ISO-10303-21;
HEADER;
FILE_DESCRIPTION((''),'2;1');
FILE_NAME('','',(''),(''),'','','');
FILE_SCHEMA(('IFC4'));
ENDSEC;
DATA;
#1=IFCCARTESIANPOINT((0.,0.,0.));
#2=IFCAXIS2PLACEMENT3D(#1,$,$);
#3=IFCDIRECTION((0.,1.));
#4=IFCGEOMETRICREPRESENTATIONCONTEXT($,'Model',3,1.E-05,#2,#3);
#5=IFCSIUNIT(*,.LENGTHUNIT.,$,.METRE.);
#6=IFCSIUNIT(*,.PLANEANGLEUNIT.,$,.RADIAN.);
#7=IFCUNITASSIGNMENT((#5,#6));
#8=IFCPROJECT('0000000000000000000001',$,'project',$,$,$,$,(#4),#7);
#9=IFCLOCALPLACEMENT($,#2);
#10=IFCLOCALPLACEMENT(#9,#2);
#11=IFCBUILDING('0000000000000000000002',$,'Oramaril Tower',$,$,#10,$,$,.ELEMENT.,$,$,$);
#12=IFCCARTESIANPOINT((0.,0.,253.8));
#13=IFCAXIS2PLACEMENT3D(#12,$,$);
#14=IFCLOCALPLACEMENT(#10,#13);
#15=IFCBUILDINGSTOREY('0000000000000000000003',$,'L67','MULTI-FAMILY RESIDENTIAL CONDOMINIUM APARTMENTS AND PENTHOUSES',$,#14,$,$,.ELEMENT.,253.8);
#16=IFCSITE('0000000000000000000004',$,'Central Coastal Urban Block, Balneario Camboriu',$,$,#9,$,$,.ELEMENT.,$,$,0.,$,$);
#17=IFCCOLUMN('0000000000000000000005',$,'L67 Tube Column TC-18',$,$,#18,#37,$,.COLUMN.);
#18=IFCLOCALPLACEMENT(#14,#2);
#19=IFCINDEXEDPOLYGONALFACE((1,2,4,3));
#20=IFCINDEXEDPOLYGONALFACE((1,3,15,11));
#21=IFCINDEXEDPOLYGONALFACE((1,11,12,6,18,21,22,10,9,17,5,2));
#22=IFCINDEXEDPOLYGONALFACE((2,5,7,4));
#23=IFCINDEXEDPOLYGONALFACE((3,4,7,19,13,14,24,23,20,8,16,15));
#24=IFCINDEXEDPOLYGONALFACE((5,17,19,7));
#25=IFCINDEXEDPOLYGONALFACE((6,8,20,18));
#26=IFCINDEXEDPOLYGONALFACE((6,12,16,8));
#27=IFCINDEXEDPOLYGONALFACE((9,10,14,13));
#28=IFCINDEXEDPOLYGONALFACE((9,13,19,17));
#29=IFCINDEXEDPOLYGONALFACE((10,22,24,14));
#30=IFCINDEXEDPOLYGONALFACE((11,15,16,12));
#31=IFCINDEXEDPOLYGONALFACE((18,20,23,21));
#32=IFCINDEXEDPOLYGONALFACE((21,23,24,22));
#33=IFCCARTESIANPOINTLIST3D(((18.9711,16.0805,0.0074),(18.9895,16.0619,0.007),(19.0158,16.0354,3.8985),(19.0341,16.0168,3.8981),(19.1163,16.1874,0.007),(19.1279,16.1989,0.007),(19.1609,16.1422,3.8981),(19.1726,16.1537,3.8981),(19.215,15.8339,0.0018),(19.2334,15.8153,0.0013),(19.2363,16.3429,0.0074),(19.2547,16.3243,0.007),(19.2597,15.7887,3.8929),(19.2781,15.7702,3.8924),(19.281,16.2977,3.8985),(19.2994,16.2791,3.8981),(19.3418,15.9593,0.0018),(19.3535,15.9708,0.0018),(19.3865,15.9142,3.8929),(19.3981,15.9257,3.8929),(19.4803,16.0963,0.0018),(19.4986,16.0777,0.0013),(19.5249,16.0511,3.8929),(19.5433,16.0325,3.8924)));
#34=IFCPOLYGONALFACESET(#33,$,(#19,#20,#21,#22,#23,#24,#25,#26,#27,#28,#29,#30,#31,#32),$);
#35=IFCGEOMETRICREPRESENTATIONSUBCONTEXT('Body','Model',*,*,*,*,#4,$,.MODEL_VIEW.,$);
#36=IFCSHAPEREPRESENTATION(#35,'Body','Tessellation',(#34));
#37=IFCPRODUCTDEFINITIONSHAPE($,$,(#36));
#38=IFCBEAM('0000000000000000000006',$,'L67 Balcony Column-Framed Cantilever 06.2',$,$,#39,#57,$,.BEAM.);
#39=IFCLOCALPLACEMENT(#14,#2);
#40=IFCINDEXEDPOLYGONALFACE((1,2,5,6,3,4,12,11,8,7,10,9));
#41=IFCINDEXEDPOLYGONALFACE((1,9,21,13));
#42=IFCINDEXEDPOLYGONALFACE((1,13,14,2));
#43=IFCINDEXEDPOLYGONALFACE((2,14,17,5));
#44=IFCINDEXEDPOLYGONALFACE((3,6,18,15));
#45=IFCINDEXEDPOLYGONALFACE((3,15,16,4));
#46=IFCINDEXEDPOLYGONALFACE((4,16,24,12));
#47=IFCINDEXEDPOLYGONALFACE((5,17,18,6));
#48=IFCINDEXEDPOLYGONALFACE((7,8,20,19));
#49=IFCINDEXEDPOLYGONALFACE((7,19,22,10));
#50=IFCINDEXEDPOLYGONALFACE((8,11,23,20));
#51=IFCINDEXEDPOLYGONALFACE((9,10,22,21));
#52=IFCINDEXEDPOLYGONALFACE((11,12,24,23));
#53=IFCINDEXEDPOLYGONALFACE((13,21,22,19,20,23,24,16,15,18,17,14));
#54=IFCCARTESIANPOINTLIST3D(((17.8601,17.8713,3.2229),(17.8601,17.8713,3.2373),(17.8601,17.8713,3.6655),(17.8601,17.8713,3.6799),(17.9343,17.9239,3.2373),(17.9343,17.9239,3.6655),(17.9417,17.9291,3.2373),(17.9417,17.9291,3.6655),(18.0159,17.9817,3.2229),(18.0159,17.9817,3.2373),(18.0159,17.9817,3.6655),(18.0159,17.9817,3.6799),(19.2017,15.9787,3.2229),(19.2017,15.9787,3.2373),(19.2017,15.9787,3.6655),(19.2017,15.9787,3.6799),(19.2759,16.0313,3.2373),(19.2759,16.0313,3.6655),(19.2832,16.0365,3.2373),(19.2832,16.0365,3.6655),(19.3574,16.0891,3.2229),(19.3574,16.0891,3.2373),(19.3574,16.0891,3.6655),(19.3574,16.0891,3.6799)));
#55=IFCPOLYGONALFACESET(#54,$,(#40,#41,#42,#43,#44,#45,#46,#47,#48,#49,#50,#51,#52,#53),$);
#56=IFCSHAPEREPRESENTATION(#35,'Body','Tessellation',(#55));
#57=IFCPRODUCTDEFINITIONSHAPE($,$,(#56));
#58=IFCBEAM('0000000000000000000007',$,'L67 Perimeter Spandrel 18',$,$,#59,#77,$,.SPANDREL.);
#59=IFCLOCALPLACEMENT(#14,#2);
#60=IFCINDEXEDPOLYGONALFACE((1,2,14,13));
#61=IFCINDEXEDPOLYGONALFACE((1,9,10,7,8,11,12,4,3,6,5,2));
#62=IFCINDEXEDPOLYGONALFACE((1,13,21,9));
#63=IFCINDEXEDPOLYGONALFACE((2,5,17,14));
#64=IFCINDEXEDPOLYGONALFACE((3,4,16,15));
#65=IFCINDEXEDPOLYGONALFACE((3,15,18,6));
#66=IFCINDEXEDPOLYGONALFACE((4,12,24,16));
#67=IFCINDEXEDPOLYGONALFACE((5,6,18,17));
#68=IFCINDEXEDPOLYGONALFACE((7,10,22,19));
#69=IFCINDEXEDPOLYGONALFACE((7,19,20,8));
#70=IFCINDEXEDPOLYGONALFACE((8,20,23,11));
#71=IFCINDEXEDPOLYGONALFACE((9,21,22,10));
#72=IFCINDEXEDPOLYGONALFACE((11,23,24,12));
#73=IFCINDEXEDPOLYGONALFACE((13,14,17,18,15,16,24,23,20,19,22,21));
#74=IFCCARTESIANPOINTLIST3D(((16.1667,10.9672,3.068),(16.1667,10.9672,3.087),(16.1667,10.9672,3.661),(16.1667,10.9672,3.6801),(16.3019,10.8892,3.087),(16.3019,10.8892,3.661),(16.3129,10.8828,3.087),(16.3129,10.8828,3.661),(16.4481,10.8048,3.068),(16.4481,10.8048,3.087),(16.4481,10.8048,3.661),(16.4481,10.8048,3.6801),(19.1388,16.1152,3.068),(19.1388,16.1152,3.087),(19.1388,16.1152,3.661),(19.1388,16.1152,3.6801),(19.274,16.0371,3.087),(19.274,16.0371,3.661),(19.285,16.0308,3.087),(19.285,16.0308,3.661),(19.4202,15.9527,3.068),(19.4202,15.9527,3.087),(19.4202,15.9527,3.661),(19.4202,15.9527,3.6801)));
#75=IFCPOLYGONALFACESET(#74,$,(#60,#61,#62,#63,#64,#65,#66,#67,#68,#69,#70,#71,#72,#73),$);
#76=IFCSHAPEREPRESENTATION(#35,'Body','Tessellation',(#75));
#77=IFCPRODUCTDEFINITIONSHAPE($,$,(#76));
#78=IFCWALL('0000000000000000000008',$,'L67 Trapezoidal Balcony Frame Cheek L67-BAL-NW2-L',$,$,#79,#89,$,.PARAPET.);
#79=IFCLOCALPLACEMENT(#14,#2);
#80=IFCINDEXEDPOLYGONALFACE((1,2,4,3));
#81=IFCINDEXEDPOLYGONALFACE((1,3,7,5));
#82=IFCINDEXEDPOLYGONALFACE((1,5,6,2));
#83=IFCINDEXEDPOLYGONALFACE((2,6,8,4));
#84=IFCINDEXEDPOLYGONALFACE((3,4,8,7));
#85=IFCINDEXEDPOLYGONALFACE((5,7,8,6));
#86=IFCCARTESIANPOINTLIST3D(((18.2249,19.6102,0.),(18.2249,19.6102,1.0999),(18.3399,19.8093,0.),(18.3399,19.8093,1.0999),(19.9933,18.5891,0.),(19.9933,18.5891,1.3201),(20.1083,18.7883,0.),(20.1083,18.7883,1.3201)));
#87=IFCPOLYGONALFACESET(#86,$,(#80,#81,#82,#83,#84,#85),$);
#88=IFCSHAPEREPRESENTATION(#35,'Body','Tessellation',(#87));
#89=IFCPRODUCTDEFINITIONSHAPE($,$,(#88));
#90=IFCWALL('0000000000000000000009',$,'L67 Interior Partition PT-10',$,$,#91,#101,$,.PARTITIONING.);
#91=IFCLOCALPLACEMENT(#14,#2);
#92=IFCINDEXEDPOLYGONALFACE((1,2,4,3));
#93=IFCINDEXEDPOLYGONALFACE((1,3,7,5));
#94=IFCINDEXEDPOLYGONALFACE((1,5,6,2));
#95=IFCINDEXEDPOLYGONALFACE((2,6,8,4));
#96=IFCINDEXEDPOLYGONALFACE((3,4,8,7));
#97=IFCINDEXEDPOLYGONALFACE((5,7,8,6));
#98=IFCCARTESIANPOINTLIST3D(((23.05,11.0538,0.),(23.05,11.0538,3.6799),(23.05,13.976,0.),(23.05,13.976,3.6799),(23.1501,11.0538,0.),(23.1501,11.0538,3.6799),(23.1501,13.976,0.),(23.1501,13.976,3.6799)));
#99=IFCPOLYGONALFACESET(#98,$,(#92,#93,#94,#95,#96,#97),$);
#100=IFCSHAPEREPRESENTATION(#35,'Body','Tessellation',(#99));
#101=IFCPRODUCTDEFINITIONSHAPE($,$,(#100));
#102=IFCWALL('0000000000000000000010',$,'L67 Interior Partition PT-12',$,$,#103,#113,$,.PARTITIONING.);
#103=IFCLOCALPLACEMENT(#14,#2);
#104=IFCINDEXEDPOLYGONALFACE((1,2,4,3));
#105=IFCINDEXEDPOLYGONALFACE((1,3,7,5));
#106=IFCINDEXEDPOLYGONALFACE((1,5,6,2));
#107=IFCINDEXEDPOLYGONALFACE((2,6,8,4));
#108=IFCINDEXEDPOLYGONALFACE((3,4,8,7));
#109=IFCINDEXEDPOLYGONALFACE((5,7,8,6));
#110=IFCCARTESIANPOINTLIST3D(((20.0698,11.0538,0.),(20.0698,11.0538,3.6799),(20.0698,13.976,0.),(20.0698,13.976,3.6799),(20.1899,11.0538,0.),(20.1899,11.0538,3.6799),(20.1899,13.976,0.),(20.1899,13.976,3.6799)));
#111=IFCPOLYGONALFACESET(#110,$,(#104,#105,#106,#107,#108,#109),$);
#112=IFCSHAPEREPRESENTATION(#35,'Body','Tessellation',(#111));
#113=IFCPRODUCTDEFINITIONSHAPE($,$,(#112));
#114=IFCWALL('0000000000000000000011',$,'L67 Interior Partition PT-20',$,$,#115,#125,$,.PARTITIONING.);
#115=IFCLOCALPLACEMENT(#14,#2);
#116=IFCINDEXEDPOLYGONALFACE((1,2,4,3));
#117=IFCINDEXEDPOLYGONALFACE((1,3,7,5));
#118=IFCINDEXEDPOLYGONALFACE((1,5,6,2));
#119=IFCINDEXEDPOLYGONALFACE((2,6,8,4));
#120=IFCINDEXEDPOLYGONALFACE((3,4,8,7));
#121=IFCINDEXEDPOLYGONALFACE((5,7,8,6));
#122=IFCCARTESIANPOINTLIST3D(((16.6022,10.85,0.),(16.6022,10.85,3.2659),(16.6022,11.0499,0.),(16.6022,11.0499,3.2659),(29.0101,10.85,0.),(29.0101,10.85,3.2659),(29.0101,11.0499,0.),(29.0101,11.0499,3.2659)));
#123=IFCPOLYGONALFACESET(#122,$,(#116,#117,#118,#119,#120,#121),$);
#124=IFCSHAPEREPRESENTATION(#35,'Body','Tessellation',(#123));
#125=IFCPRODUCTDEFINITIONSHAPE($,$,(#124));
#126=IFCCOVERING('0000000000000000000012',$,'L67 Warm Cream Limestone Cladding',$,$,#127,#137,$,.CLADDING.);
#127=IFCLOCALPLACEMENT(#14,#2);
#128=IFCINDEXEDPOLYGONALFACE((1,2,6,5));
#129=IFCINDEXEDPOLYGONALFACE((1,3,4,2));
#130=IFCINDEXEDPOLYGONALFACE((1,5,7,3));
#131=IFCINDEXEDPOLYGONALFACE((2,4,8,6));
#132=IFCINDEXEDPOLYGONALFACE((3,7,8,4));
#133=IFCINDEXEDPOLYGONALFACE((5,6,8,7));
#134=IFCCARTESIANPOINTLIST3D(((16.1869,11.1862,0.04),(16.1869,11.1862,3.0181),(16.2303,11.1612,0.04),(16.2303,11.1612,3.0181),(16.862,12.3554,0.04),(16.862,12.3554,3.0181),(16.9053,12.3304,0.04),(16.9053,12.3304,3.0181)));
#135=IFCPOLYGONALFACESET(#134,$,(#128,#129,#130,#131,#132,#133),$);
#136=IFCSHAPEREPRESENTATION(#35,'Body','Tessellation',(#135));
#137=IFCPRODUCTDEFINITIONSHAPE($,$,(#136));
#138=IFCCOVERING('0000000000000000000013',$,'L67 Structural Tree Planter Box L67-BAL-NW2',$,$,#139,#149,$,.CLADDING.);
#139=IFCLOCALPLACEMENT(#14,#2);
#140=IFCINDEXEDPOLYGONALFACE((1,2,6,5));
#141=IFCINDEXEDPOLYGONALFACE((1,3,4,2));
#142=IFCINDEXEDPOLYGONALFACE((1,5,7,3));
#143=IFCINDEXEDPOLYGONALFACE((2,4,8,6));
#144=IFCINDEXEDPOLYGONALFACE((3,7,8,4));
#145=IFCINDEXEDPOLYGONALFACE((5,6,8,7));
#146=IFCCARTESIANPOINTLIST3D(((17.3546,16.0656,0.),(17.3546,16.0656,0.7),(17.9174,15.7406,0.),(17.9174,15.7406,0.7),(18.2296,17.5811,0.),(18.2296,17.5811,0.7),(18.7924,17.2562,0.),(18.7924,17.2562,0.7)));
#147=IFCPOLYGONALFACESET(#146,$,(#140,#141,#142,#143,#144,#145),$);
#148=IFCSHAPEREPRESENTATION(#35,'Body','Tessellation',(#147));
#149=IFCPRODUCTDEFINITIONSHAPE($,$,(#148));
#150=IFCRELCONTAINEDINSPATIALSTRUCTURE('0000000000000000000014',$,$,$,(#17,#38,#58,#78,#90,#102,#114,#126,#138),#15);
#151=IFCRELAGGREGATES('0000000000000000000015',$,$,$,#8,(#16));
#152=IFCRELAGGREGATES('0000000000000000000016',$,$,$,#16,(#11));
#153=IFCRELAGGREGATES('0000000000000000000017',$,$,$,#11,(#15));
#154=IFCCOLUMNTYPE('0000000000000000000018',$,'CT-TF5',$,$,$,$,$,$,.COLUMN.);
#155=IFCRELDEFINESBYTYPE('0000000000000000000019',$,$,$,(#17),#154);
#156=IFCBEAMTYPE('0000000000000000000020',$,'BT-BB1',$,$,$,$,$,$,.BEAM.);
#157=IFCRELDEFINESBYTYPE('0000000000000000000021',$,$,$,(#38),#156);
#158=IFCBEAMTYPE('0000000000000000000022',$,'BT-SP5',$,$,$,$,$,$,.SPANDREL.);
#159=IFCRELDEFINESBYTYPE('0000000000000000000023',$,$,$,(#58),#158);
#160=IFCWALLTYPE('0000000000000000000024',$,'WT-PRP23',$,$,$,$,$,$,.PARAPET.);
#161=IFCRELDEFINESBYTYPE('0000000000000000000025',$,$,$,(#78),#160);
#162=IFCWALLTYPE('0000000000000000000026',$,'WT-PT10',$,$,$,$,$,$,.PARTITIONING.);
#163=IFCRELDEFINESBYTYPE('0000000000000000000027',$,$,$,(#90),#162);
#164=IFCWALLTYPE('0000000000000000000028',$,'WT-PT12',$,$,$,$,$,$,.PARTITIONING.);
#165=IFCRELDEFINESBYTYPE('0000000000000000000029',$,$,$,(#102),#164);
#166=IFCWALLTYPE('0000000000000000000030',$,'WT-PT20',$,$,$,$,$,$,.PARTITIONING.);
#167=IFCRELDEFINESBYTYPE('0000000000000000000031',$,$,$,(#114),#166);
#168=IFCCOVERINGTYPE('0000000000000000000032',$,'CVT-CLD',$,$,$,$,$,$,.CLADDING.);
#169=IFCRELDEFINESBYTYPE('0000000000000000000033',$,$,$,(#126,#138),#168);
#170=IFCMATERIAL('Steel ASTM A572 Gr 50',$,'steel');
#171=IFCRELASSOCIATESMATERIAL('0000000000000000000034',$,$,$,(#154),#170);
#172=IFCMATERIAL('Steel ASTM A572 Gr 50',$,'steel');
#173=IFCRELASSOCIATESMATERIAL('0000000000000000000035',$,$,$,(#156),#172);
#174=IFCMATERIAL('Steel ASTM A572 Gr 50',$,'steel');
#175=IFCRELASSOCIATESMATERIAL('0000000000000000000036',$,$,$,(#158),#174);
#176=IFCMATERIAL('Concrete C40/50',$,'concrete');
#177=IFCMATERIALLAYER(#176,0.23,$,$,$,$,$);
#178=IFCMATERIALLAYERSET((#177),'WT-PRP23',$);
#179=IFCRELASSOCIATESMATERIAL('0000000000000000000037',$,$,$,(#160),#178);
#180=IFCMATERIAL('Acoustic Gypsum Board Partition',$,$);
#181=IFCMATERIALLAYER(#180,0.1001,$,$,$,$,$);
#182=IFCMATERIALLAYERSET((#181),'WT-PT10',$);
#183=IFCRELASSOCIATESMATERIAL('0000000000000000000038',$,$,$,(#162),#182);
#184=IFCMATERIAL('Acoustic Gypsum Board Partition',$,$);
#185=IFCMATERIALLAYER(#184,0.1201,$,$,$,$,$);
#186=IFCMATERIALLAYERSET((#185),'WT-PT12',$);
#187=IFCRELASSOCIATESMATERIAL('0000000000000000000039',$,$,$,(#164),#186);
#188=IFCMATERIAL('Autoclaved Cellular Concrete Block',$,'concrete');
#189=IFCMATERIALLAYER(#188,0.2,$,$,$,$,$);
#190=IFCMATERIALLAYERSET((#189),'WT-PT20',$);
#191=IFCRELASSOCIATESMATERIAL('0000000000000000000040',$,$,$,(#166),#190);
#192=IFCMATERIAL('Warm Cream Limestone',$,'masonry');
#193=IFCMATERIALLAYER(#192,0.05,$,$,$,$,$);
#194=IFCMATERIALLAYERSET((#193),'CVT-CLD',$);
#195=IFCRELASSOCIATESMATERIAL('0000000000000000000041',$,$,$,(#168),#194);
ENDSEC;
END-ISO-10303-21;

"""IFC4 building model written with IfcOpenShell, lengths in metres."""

from ifc_helpers import new_model, si_unit, direction, frame, frame_2d, origin, origin_2d, place, context, subcontext, project, spatial, polyline, rectangle, i_section, outline, extrude, material, layer, layer_set, material_profile, profile_set, type_object, element, save


model = new_model("IFC4")

# Units and contexts
model_context = context("Model", 3, precision=1e-05, world=origin(), true_north=direction((0.0, 1.0)))
body_context = subcontext(model_context, "Body", "Model", "MODEL_VIEW")
ifc_project = project(units=[si_unit("LENGTHUNIT", "METRE"), si_unit("PLANEANGLEUNIT", "RADIAN")], contexts=[model_context])

# Site, building, storey
site_placement = place(None, origin())
site = spatial("IfcSite", under=ifc_project, at=site_placement, Name="Central Coastal Urban Block, Balneario Camboriu", CompositionType="ELEMENT", RefElevation=0.0)
building_placement = place(site_placement, origin())
building = spatial("IfcBuilding", under=site, at=building_placement, Name="Oramaril Tower", CompositionType="ELEMENT")
storey_placement = place(building_placement, frame((0.0, 0.0, 253.8)))
storey = spatial("IfcBuildingStorey", under=building, at=storey_placement, Name="L67", Description="MULTI-FAMILY RESIDENTIAL CONDOMINIUM APARTMENTS AND PENTHOUSES", CompositionType="ELEMENT", Elevation=253.8)

# Column
ifc_material_1 = material(Name="Steel ASTM A572 Gr 50", Category="steel")
ifc_material_profile_1 = material_profile(ifc_material_1, i_section(OverallWidth=0.373, OverallDepth=0.373, WebThickness=0.0164, FlangeThickness=0.0261, at=origin_2d()), Name="W14X132")
ifc_profile_set_1 = profile_set([ifc_material_profile_1], Name="Steel ASTM A572 Gr 50")
column_type = type_object("IfcColumnType", Name="CT-TF5", PredefinedType="COLUMN", material=ifc_profile_set_1)
column_placement = place(storey_placement, frame((19.2349, 16.0791, 0.0044), z_axis=(0.01148, -0.011606, 0.999867), x_axis=(0.710939, 0.703253, 0.0)))
element("IfcColumn", 1, at=column_placement, inside=storey, type_object=column_type, Name="L67 Tube Column TC-18", PredefinedType="COLUMN", context=body_context, shape_type="SweptSolid", body=[
    extrude(i_section(OverallWidth=0.373, OverallDepth=0.373, WebThickness=0.0164, FlangeThickness=0.0261, at=origin_2d()), origin(), (0.0, 0.0, 1.0), 3.8916),
])

# Beams
ifc_material_2 = material(Name="Steel ASTM A572 Gr 50", Category="steel")
ifc_material_profile_2 = material_profile(ifc_material_2, i_section(OverallWidth=0.1909, OverallDepth=0.457, WebThickness=0.009, FlangeThickness=0.0144, at=origin_2d()), Name="W18X50")
ifc_profile_set_2 = profile_set([ifc_material_profile_2], Name="Steel ASTM A572 Gr 50")
beam_type_1 = type_object("IfcBeamType", Name="BT-BB1", PredefinedType="BEAM", material=ifc_profile_set_2)
beam_1_placement = place(storey_placement, frame((19.2795, 16.0339, 3.4514), z_axis=(-0.578298, 0.815826, 0.0), x_axis=(-0.815826, -0.578298, 0.0)))
element("IfcBeam", 2, at=beam_1_placement, inside=storey, type_object=beam_type_1, Name="L67 Balcony Column-Framed Cantilever 06.2", PredefinedType="BEAM", context=body_context, shape_type="SweptSolid", body=[
    extrude(i_section(OverallWidth=0.1909, OverallDepth=0.457, WebThickness=0.009, FlangeThickness=0.0144, at=origin_2d()), origin(), (0.0, 0.0, 1.0), 2.3198),
])
ifc_material_3 = material(Name="Steel ASTM A572 Gr 50", Category="steel")
ifc_material_profile_3 = material_profile(ifc_material_3, i_section(OverallWidth=0.325, OverallDepth=0.6121, WebThickness=0.0127, FlangeThickness=0.019, at=origin_2d()), Name="W24X104")
ifc_profile_set_3 = profile_set([ifc_material_profile_3], Name="Steel ASTM A572 Gr 50")
beam_type_2 = type_object("IfcBeamType", Name="BT-SP5", PredefinedType="SPANDREL", material=ifc_profile_set_3)
beam_2_placement = place(storey_placement, frame((19.2795, 16.0339, 3.374), z_axis=(-0.5, -0.866026, 0.0), x_axis=(0.866026, -0.5, 0.0)))
element("IfcBeam", 3, at=beam_2_placement, inside=storey, type_object=beam_type_2, Name="L67 Perimeter Spandrel 18", PredefinedType="SPANDREL", context=body_context, shape_type="SweptSolid", body=[
    extrude(i_section(OverallWidth=0.325, OverallDepth=0.6121, WebThickness=0.0127, FlangeThickness=0.019, at=origin_2d()), origin(), (0.0, 0.0, 1.0), 5.9443),
])

# Walls
ifc_material_4 = material(Name="Concrete C40/50", Category="concrete")
ifc_layer_1 = layer(ifc_material_4, 0.23)
ifc_layer_set_1 = layer_set([ifc_layer_1], Name="WT-PRP23")
wall_type_1 = type_object("IfcWallType", Name="WT-PRP23", PredefinedType="PARAPET", material=ifc_layer_set_1)
wall_1_placement = place(storey_placement, frame((20.0508, 18.6887, 0.0), z_axis=(0.0, 0.0, 1.0), x_axis=(-0.866012, 0.500023, 0.0)))
element("IfcWall", 4, at=wall_1_placement, inside=storey, type_object=wall_type_1, Name="L67 Trapezoidal Balcony Frame Cheek L67-BAL-NW2-L", PredefinedType="PARAPET", context=body_context, shape_type="SweptSolid", body=[
    extrude(outline(polyline([(0.0, 0.0), (2.042, 0.0), (2.042, 1.0999), (0.0, 1.3201), (0.0, 0.0)])), frame((0.0, 0.115, 0.0), z_axis=(0.0, -1.0, 0.0), x_axis=(1.0, 0.0, 0.0)), (0.0, 0.0, 1.0), 0.23),
])
ifc_material_5 = material(Name="Acoustic Gypsum Board Partition")
ifc_layer_2 = layer(ifc_material_5, 0.1001)
ifc_layer_set_2 = layer_set([ifc_layer_2], Name="WT-PT10")
wall_type_2 = type_object("IfcWallType", Name="WT-PT10", PredefinedType="PARTITIONING", material=ifc_layer_set_2)
wall_2_placement = place(storey_placement, frame((23.1001, 11.054, 0.0), z_axis=(0.0, 0.0, 1.0), x_axis=(0.0, 1.0, 0.0)))
element("IfcWall", 5, at=wall_2_placement, inside=storey, type_object=wall_type_2, Name="L67 Interior Partition PT-10", PredefinedType="PARTITIONING", context=body_context, shape_type="SweptSolid", body=[
    extrude(rectangle(XDim=2.9221, YDim=0.1001, at=frame_2d((1.4609, 0.0))), origin(), (0.0, 0.0, 1.0), 3.6799),
])
ifc_material_6 = material(Name="Acoustic Gypsum Board Partition")
ifc_layer_3 = layer(ifc_material_6, 0.1201)
ifc_layer_set_3 = layer_set([ifc_layer_3], Name="WT-PT12")
wall_type_3 = type_object("IfcWallType", Name="WT-PT12", PredefinedType="PARTITIONING", material=ifc_layer_set_3)
wall_3_placement = place(storey_placement, frame((20.1299, 11.054, 0.0), z_axis=(0.0, 0.0, 1.0), x_axis=(0.0, 1.0, 0.0)))
element("IfcWall", 6, at=wall_3_placement, inside=storey, type_object=wall_type_3, Name="L67 Interior Partition PT-12", PredefinedType="PARTITIONING", context=body_context, shape_type="SweptSolid", body=[
    extrude(rectangle(XDim=2.9221, YDim=0.1201, at=frame_2d((1.4609, 0.0))), origin(), (0.0, 0.0, 1.0), 3.6799),
])

# Wall
ifc_material_7 = material(Name="Autoclaved Cellular Concrete Block", Category="concrete")
ifc_layer_4 = layer(ifc_material_7, 0.2)
ifc_layer_set_4 = layer_set([ifc_layer_4], Name="WT-PT20")
wall_type_4 = type_object("IfcWallType", Name="WT-PT20", PredefinedType="PARTITIONING", material=ifc_layer_set_4)
wall_4_placement = place(storey_placement, frame((16.6021, 10.95, 0.0), z_axis=(0.0, 0.0, 1.0), x_axis=(1.0, 0.0, 0.0)))
element("IfcWall", 7, at=wall_4_placement, inside=storey, type_object=wall_type_4, Name="L67 Interior Partition PT-20", PredefinedType="PARTITIONING", context=body_context, shape_type="SweptSolid", body=[
    extrude(rectangle(XDim=12.408, YDim=0.2, at=frame_2d((6.2041, 0.0))), origin(), (0.0, 0.0, 1.0), 3.2659),
])

# Coverings
ifc_material_8 = material(Name="Warm Cream Limestone", Category="masonry")
ifc_layer_5 = layer(ifc_material_8, 0.05)
ifc_layer_set_5 = layer_set([ifc_layer_5], Name="CVT-CLD")
covering_type = type_object("IfcCoveringType", Name="CVT-CLD", PredefinedType="CLADDING", material=ifc_layer_set_5)
covering_1_placement = place(storey_placement, frame((16.5461, 11.7583, 0.04), z_axis=(0.0, 0.0, 1.0), x_axis=(-0.500002, -0.866025, 0.0)))
element("IfcCovering", 8, at=covering_1_placement, inside=storey, type_object=covering_type, Name="L67 Warm Cream Limestone Cladding", PredefinedType="CLADDING", context=body_context, shape_type="SweptSolid", body=[
    extrude(rectangle(XDim=1.3501, YDim=0.05, at=origin_2d()), origin(), (0.0, 0.0, 1.0), 2.978),
])
covering_2_placement = place(storey_placement, frame((18.0735, 16.6609, 0.0), z_axis=(0.0, 0.0, 1.0), x_axis=(-0.500002, -0.866025, 0.0)))
element("IfcCovering", 9, at=covering_2_placement, inside=storey, type_object=covering_type, Name="L67 Structural Tree Planter Box L67-BAL-NW2", PredefinedType="CLADDING", context=body_context, shape_type="SweptSolid", body=[
    extrude(rectangle(XDim=1.75, YDim=0.6499, at=origin_2d()), origin(), (0.0, 0.0, 1.0), 0.7),
])

save(model, "model.ifc")
